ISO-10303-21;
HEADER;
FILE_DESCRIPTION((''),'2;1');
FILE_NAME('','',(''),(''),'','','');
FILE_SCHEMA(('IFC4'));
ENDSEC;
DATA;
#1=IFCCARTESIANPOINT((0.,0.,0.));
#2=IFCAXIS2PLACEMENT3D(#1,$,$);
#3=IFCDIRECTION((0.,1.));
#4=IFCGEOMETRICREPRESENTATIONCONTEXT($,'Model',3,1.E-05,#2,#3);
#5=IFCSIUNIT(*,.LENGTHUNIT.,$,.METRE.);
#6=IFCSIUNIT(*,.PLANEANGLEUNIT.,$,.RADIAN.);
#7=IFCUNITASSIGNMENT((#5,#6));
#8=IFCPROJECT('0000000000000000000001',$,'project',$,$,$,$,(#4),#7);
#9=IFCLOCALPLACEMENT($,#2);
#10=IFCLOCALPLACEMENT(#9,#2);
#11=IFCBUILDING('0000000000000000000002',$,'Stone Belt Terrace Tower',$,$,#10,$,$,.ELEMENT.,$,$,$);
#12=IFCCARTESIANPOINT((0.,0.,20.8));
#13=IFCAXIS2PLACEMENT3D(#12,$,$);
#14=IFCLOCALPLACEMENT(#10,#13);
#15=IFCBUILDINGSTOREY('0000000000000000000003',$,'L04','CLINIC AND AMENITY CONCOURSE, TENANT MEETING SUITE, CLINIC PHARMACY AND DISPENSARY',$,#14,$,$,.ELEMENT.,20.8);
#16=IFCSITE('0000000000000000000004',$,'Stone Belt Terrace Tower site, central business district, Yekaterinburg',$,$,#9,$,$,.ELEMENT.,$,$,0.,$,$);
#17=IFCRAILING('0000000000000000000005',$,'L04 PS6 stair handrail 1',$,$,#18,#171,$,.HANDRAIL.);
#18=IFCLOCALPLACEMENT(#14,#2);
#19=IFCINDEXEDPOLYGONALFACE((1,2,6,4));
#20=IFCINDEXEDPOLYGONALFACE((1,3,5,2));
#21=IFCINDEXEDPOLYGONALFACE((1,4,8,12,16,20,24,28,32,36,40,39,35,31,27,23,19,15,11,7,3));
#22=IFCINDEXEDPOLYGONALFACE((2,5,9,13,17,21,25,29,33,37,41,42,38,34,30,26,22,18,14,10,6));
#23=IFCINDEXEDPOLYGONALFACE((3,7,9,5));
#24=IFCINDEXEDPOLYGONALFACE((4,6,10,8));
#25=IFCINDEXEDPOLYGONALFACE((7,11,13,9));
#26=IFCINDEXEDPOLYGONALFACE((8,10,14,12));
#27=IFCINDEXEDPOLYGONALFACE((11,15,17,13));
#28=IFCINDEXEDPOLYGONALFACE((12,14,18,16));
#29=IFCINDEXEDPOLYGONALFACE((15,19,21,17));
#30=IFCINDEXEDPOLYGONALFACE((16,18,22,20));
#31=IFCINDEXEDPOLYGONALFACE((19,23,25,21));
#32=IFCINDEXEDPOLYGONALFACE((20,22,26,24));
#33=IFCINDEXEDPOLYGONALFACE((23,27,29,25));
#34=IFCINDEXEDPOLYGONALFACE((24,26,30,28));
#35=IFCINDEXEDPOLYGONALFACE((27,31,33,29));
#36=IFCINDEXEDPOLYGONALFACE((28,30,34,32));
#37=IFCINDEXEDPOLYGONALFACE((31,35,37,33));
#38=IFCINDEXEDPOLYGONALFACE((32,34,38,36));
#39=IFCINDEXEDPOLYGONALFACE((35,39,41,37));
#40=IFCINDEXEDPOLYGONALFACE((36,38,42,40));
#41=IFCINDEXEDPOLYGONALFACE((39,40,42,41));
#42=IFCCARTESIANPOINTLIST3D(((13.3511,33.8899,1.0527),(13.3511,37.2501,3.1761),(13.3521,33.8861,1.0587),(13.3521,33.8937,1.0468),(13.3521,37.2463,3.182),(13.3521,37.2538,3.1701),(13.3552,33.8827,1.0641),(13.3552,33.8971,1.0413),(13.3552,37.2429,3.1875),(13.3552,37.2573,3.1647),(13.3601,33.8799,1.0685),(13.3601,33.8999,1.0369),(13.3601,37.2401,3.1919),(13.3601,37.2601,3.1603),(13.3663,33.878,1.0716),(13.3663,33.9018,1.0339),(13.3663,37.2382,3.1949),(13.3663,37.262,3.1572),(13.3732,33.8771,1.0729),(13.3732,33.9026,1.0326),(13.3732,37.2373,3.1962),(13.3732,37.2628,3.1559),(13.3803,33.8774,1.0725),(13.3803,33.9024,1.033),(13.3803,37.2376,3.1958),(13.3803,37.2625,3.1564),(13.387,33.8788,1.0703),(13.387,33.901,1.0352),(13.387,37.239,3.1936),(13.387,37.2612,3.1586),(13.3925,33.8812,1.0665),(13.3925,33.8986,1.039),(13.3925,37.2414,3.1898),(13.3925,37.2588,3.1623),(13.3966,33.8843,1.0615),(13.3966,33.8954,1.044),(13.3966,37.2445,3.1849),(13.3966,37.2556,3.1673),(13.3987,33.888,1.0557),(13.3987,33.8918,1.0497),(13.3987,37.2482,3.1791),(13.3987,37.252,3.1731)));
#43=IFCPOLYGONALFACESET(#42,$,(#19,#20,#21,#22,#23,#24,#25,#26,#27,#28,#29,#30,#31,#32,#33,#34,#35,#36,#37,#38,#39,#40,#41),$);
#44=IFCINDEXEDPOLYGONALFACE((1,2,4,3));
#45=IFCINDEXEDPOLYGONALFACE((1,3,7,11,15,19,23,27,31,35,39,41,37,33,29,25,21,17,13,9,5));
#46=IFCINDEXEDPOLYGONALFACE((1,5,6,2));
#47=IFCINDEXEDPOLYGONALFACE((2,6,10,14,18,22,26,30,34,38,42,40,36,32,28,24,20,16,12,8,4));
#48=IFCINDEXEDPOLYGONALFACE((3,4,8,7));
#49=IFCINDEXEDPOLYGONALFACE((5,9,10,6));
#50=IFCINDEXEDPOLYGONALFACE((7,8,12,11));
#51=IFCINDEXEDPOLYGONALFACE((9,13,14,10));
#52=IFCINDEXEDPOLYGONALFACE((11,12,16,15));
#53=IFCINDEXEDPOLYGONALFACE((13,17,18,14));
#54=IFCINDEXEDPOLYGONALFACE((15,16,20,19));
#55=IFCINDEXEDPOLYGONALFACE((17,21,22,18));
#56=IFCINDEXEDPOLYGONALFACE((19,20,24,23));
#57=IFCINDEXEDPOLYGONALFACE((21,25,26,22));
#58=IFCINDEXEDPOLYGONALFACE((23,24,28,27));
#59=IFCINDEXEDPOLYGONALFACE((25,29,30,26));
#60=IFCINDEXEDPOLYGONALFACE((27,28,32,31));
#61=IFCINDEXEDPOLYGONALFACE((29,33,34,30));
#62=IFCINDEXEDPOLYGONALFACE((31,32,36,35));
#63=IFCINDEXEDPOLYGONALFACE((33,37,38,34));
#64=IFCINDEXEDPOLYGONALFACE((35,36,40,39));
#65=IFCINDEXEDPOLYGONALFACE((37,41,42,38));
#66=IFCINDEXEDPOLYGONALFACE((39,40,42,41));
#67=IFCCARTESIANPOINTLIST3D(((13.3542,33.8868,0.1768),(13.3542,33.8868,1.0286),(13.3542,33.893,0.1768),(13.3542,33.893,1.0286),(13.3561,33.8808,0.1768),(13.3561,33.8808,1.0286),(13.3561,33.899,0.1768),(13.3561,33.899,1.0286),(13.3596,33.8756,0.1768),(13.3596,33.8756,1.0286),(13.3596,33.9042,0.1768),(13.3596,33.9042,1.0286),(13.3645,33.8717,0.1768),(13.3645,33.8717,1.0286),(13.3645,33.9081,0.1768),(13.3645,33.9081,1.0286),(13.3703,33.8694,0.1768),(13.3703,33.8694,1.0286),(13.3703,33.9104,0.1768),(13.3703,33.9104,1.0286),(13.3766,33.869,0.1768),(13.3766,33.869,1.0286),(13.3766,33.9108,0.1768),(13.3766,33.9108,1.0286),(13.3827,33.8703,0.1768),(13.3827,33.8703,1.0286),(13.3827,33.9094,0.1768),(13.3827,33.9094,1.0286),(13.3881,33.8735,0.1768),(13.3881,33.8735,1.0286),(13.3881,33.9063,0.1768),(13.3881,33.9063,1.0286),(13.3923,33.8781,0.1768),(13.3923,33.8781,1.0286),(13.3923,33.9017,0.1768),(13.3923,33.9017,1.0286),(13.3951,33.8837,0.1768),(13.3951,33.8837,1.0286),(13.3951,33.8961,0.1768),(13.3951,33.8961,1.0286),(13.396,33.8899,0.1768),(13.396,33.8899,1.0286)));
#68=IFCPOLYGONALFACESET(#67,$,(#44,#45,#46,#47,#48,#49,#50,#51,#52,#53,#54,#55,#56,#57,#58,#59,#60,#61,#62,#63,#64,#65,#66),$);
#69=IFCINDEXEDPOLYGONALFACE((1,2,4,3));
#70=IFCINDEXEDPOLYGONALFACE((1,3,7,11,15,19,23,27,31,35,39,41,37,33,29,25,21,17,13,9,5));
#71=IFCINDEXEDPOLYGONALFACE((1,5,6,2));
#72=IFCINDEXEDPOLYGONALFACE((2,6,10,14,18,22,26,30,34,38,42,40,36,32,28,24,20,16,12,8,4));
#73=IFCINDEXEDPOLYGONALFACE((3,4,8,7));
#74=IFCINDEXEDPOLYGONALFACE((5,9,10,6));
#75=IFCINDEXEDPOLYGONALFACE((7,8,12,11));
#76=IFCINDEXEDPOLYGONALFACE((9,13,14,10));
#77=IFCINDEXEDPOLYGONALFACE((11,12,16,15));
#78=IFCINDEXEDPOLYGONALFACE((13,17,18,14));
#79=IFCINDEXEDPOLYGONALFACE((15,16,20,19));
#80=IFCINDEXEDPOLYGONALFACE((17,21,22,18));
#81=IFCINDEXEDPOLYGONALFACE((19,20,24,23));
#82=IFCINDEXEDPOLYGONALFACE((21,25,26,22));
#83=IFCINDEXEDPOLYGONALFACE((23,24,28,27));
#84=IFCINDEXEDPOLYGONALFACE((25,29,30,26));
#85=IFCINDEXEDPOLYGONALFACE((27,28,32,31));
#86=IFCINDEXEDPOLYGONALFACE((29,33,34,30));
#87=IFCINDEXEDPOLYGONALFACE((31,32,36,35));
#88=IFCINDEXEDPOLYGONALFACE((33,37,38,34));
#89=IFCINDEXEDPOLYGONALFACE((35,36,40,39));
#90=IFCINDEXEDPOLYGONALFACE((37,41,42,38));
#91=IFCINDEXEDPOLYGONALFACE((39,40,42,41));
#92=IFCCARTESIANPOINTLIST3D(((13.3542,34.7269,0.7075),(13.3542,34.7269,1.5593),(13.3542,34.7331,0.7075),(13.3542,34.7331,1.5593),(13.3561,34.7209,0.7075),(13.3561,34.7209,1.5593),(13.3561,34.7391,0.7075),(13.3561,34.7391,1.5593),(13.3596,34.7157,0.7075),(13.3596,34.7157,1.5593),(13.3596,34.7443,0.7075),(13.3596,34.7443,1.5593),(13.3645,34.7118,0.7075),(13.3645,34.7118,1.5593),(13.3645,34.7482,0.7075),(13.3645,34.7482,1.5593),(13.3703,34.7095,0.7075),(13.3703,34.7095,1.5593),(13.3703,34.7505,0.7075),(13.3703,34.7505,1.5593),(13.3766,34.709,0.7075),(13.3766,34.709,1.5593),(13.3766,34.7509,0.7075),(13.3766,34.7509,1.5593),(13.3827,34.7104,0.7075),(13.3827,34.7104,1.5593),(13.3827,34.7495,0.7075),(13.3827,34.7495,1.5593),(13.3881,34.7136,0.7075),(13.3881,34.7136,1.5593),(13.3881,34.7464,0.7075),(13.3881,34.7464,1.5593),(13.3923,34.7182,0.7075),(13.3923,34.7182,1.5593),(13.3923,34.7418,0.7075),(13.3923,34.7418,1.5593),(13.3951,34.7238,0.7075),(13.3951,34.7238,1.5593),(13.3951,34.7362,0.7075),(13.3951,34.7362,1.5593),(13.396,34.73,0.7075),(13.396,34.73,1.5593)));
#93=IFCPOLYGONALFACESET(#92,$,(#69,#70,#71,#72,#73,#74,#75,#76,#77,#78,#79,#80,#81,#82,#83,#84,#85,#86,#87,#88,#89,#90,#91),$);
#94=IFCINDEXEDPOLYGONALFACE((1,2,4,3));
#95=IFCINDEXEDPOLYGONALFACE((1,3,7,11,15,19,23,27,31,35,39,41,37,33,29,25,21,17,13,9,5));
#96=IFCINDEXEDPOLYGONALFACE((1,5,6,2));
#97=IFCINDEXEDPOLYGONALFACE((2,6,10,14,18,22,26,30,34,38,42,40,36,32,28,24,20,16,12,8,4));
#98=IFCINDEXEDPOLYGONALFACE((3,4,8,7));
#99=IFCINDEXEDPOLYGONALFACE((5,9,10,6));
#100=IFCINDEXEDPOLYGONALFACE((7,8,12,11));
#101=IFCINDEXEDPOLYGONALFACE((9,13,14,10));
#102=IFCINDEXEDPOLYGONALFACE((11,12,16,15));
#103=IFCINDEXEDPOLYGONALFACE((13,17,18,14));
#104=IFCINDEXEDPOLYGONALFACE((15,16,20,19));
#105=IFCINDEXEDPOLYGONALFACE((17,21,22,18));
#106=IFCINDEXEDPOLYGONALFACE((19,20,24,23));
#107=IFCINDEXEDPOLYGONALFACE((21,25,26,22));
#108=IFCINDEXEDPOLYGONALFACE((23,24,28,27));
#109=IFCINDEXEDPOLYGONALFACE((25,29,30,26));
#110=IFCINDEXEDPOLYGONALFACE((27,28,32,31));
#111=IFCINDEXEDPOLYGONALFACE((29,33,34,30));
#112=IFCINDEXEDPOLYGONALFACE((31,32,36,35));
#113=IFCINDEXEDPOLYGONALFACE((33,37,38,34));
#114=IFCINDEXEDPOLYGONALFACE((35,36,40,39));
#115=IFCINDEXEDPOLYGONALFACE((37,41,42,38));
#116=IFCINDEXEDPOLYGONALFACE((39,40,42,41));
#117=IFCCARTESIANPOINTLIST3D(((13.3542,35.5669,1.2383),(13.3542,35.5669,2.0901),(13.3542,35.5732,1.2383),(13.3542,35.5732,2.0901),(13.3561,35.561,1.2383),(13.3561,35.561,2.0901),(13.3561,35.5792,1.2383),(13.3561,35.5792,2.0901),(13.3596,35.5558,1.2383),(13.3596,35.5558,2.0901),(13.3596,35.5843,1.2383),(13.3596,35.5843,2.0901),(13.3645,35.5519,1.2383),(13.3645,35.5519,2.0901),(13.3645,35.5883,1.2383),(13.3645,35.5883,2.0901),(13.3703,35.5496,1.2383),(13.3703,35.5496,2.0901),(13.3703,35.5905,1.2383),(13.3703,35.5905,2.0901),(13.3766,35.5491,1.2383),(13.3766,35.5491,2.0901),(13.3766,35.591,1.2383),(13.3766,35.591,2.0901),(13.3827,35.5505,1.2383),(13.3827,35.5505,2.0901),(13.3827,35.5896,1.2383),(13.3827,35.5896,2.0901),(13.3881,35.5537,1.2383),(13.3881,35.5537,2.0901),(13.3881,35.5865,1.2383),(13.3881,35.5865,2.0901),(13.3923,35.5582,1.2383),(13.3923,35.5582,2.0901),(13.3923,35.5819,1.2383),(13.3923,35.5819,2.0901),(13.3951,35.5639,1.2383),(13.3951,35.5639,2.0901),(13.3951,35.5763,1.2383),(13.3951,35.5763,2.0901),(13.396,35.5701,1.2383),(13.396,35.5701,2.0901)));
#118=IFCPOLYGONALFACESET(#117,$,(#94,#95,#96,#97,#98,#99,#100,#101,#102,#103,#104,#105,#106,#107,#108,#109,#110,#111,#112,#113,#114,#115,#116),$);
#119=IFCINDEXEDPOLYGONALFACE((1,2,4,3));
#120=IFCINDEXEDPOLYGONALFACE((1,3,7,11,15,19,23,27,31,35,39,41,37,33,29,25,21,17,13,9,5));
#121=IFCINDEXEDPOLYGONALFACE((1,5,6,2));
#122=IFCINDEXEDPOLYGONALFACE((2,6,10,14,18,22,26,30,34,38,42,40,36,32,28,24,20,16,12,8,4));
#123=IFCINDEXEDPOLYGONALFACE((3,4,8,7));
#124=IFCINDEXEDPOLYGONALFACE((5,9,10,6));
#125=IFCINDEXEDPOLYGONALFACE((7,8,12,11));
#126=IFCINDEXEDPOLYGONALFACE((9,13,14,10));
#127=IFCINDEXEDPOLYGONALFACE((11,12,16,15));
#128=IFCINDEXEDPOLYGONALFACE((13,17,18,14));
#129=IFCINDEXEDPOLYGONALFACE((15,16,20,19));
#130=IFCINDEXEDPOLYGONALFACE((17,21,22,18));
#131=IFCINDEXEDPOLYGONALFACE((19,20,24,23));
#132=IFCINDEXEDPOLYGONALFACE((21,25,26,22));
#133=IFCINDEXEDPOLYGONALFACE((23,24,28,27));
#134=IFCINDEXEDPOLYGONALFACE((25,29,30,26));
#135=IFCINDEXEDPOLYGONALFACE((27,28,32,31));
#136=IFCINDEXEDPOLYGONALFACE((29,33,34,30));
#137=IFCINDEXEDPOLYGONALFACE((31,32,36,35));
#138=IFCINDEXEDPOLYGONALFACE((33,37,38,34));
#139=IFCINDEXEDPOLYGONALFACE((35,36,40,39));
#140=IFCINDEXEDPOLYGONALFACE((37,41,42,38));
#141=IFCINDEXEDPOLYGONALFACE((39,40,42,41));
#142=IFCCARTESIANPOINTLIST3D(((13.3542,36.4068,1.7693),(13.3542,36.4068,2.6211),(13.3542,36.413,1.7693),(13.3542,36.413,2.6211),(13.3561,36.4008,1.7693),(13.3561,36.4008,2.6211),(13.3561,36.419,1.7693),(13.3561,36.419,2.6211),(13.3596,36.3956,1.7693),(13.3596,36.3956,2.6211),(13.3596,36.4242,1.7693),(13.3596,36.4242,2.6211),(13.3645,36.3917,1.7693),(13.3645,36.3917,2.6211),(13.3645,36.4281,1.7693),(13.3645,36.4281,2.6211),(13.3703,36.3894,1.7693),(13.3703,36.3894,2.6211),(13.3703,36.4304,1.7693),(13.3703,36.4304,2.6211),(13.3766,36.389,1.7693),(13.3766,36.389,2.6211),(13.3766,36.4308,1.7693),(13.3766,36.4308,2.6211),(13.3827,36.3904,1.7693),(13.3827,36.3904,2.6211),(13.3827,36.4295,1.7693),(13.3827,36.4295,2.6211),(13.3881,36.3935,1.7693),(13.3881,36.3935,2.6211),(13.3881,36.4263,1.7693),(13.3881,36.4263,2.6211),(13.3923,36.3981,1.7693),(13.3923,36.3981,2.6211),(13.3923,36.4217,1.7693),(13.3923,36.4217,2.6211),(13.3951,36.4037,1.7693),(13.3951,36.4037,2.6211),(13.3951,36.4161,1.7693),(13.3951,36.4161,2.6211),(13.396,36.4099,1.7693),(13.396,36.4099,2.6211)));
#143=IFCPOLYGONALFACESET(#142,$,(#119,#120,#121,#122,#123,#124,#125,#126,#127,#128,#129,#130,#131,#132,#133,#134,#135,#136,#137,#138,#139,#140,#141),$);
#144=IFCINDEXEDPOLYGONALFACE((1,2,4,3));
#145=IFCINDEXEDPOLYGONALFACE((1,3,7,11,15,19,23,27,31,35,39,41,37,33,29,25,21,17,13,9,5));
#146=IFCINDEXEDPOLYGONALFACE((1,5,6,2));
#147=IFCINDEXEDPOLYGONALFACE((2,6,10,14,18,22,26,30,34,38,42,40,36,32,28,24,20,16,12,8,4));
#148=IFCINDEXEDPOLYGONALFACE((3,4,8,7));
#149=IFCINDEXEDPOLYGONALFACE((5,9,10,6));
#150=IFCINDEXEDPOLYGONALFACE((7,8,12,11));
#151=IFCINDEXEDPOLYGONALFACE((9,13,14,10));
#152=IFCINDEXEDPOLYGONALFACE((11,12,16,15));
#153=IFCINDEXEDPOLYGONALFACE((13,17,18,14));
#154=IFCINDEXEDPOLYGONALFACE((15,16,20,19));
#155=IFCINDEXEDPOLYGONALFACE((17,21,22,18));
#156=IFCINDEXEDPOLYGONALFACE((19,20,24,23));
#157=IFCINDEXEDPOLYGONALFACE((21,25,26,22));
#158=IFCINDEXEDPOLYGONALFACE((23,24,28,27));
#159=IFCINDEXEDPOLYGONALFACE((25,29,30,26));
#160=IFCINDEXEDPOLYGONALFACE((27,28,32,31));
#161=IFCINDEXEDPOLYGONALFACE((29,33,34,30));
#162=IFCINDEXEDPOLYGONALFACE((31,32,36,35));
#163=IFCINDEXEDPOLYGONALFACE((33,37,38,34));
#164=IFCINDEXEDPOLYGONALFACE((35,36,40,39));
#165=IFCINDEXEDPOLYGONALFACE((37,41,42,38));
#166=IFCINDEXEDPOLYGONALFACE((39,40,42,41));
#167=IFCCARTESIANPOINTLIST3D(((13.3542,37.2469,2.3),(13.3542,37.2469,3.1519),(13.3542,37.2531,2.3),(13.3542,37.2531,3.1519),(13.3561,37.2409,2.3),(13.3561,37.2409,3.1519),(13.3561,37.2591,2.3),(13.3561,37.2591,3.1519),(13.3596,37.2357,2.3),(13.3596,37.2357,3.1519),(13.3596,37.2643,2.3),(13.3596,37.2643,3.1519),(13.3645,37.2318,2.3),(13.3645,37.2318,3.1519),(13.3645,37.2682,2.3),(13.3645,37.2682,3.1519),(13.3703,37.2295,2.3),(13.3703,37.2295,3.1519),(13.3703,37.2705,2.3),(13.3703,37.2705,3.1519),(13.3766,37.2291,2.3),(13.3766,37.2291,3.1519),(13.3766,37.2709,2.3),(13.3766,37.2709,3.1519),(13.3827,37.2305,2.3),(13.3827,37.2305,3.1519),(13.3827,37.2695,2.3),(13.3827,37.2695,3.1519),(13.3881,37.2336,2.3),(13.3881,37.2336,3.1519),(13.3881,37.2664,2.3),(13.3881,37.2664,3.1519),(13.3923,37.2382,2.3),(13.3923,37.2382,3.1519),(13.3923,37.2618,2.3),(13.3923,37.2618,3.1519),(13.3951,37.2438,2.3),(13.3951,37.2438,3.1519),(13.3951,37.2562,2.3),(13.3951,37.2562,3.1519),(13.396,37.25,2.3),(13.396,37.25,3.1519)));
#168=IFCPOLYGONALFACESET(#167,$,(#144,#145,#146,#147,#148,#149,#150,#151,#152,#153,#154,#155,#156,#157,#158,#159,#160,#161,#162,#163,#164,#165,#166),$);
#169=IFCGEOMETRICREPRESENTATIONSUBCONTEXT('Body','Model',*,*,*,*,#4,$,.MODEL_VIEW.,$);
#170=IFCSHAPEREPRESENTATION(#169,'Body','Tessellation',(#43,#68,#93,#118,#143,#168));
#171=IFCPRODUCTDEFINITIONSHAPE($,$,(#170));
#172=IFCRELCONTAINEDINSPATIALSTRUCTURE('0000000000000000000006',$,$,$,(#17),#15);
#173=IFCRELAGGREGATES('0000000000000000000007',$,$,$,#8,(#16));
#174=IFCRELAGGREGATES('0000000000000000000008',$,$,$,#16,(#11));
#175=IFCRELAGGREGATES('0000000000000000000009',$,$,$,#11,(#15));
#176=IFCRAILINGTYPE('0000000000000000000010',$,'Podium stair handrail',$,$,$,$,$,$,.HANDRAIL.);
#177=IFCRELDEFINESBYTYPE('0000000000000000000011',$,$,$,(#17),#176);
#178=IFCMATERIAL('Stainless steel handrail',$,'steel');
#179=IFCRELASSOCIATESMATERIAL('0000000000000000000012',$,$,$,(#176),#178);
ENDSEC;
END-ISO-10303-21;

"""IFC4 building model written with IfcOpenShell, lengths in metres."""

from ifc_helpers import new_model, si_unit, direction, frame, origin, origin_2d, place, context, subcontext, project, spatial, circle, extrude, material, type_object, element, save


model = new_model("IFC4")

# Units and contexts
model_context = context("Model", 3, precision=1e-05, world=origin(), true_north=direction((0.0, 1.0)))
body_context = subcontext(model_context, "Body", "Model", "MODEL_VIEW")
ifc_project = project(units=[si_unit("LENGTHUNIT", "METRE"), si_unit("PLANEANGLEUNIT", "RADIAN")], contexts=[model_context])

# Site, building, storey
site_placement = place(None, origin())
site = spatial("IfcSite", under=ifc_project, at=site_placement, Name="Stone Belt Terrace Tower site, central business district, Yekaterinburg", CompositionType="ELEMENT", RefElevation=0.0)
building_placement = place(site_placement, origin())
building = spatial("IfcBuilding", under=site, at=building_placement, Name="Stone Belt Terrace Tower", CompositionType="ELEMENT")
storey_placement = place(building_placement, frame((0.0, 0.0, 20.8)))
storey = spatial("IfcBuildingStorey", under=building, at=storey_placement, Name="L04", Description="CLINIC AND AMENITY CONCOURSE, TENANT MEETING SUITE, CLINIC PHARMACY AND DISPENSARY", CompositionType="ELEMENT", Elevation=20.8)

# Railing
ifc_material_1 = material(Name="Stainless steel handrail", Category="steel")
railing_type_1 = type_object("IfcRailingType", Name="Podium stair handrail", PredefinedType="HANDRAIL", material=ifc_material_1)
railing_1_placement = place(storey_placement, frame((13.375, 33.8899, 0.1768)))
element("IfcRailing", 1, at=railing_1_placement, inside=storey, type_object=railing_type_1, Name="L04 PS6 stair handrail 1", PredefinedType="HANDRAIL", context=body_context, shape_type="SweptSolid", body=[
    extrude(circle(Radius=0.0239, at=origin_2d()), frame((0.0, 0.0, 0.876), z_axis=(0.0, 0.845362, 0.534194), x_axis=(-1.0, 0.0, 0.0)), (0.0, 0.0, 1.0), 3.9749),
    extrude(circle(Radius=0.021, at=origin_2d()), origin(), (0.0, 0.0, 1.0), 0.8518),
    extrude(circle(Radius=0.021, at=origin_2d()), frame((0.0, 0.8401, 0.5308)), (0.0, 0.0, 1.0), 0.8518),
    extrude(circle(Radius=0.021, at=origin_2d()), frame((0.0, 1.6802, 1.0615)), (0.0, 0.0, 1.0), 0.8518),
    extrude(circle(Radius=0.021, at=origin_2d()), frame((0.0, 2.52, 1.5925)), (0.0, 0.0, 1.0), 0.8518),
    extrude(circle(Radius=0.021, at=origin_2d()), frame((0.0, 3.3601, 2.1233)), (0.0, 0.0, 1.0), 0.8518),
])

save(model, "model.ifc")
